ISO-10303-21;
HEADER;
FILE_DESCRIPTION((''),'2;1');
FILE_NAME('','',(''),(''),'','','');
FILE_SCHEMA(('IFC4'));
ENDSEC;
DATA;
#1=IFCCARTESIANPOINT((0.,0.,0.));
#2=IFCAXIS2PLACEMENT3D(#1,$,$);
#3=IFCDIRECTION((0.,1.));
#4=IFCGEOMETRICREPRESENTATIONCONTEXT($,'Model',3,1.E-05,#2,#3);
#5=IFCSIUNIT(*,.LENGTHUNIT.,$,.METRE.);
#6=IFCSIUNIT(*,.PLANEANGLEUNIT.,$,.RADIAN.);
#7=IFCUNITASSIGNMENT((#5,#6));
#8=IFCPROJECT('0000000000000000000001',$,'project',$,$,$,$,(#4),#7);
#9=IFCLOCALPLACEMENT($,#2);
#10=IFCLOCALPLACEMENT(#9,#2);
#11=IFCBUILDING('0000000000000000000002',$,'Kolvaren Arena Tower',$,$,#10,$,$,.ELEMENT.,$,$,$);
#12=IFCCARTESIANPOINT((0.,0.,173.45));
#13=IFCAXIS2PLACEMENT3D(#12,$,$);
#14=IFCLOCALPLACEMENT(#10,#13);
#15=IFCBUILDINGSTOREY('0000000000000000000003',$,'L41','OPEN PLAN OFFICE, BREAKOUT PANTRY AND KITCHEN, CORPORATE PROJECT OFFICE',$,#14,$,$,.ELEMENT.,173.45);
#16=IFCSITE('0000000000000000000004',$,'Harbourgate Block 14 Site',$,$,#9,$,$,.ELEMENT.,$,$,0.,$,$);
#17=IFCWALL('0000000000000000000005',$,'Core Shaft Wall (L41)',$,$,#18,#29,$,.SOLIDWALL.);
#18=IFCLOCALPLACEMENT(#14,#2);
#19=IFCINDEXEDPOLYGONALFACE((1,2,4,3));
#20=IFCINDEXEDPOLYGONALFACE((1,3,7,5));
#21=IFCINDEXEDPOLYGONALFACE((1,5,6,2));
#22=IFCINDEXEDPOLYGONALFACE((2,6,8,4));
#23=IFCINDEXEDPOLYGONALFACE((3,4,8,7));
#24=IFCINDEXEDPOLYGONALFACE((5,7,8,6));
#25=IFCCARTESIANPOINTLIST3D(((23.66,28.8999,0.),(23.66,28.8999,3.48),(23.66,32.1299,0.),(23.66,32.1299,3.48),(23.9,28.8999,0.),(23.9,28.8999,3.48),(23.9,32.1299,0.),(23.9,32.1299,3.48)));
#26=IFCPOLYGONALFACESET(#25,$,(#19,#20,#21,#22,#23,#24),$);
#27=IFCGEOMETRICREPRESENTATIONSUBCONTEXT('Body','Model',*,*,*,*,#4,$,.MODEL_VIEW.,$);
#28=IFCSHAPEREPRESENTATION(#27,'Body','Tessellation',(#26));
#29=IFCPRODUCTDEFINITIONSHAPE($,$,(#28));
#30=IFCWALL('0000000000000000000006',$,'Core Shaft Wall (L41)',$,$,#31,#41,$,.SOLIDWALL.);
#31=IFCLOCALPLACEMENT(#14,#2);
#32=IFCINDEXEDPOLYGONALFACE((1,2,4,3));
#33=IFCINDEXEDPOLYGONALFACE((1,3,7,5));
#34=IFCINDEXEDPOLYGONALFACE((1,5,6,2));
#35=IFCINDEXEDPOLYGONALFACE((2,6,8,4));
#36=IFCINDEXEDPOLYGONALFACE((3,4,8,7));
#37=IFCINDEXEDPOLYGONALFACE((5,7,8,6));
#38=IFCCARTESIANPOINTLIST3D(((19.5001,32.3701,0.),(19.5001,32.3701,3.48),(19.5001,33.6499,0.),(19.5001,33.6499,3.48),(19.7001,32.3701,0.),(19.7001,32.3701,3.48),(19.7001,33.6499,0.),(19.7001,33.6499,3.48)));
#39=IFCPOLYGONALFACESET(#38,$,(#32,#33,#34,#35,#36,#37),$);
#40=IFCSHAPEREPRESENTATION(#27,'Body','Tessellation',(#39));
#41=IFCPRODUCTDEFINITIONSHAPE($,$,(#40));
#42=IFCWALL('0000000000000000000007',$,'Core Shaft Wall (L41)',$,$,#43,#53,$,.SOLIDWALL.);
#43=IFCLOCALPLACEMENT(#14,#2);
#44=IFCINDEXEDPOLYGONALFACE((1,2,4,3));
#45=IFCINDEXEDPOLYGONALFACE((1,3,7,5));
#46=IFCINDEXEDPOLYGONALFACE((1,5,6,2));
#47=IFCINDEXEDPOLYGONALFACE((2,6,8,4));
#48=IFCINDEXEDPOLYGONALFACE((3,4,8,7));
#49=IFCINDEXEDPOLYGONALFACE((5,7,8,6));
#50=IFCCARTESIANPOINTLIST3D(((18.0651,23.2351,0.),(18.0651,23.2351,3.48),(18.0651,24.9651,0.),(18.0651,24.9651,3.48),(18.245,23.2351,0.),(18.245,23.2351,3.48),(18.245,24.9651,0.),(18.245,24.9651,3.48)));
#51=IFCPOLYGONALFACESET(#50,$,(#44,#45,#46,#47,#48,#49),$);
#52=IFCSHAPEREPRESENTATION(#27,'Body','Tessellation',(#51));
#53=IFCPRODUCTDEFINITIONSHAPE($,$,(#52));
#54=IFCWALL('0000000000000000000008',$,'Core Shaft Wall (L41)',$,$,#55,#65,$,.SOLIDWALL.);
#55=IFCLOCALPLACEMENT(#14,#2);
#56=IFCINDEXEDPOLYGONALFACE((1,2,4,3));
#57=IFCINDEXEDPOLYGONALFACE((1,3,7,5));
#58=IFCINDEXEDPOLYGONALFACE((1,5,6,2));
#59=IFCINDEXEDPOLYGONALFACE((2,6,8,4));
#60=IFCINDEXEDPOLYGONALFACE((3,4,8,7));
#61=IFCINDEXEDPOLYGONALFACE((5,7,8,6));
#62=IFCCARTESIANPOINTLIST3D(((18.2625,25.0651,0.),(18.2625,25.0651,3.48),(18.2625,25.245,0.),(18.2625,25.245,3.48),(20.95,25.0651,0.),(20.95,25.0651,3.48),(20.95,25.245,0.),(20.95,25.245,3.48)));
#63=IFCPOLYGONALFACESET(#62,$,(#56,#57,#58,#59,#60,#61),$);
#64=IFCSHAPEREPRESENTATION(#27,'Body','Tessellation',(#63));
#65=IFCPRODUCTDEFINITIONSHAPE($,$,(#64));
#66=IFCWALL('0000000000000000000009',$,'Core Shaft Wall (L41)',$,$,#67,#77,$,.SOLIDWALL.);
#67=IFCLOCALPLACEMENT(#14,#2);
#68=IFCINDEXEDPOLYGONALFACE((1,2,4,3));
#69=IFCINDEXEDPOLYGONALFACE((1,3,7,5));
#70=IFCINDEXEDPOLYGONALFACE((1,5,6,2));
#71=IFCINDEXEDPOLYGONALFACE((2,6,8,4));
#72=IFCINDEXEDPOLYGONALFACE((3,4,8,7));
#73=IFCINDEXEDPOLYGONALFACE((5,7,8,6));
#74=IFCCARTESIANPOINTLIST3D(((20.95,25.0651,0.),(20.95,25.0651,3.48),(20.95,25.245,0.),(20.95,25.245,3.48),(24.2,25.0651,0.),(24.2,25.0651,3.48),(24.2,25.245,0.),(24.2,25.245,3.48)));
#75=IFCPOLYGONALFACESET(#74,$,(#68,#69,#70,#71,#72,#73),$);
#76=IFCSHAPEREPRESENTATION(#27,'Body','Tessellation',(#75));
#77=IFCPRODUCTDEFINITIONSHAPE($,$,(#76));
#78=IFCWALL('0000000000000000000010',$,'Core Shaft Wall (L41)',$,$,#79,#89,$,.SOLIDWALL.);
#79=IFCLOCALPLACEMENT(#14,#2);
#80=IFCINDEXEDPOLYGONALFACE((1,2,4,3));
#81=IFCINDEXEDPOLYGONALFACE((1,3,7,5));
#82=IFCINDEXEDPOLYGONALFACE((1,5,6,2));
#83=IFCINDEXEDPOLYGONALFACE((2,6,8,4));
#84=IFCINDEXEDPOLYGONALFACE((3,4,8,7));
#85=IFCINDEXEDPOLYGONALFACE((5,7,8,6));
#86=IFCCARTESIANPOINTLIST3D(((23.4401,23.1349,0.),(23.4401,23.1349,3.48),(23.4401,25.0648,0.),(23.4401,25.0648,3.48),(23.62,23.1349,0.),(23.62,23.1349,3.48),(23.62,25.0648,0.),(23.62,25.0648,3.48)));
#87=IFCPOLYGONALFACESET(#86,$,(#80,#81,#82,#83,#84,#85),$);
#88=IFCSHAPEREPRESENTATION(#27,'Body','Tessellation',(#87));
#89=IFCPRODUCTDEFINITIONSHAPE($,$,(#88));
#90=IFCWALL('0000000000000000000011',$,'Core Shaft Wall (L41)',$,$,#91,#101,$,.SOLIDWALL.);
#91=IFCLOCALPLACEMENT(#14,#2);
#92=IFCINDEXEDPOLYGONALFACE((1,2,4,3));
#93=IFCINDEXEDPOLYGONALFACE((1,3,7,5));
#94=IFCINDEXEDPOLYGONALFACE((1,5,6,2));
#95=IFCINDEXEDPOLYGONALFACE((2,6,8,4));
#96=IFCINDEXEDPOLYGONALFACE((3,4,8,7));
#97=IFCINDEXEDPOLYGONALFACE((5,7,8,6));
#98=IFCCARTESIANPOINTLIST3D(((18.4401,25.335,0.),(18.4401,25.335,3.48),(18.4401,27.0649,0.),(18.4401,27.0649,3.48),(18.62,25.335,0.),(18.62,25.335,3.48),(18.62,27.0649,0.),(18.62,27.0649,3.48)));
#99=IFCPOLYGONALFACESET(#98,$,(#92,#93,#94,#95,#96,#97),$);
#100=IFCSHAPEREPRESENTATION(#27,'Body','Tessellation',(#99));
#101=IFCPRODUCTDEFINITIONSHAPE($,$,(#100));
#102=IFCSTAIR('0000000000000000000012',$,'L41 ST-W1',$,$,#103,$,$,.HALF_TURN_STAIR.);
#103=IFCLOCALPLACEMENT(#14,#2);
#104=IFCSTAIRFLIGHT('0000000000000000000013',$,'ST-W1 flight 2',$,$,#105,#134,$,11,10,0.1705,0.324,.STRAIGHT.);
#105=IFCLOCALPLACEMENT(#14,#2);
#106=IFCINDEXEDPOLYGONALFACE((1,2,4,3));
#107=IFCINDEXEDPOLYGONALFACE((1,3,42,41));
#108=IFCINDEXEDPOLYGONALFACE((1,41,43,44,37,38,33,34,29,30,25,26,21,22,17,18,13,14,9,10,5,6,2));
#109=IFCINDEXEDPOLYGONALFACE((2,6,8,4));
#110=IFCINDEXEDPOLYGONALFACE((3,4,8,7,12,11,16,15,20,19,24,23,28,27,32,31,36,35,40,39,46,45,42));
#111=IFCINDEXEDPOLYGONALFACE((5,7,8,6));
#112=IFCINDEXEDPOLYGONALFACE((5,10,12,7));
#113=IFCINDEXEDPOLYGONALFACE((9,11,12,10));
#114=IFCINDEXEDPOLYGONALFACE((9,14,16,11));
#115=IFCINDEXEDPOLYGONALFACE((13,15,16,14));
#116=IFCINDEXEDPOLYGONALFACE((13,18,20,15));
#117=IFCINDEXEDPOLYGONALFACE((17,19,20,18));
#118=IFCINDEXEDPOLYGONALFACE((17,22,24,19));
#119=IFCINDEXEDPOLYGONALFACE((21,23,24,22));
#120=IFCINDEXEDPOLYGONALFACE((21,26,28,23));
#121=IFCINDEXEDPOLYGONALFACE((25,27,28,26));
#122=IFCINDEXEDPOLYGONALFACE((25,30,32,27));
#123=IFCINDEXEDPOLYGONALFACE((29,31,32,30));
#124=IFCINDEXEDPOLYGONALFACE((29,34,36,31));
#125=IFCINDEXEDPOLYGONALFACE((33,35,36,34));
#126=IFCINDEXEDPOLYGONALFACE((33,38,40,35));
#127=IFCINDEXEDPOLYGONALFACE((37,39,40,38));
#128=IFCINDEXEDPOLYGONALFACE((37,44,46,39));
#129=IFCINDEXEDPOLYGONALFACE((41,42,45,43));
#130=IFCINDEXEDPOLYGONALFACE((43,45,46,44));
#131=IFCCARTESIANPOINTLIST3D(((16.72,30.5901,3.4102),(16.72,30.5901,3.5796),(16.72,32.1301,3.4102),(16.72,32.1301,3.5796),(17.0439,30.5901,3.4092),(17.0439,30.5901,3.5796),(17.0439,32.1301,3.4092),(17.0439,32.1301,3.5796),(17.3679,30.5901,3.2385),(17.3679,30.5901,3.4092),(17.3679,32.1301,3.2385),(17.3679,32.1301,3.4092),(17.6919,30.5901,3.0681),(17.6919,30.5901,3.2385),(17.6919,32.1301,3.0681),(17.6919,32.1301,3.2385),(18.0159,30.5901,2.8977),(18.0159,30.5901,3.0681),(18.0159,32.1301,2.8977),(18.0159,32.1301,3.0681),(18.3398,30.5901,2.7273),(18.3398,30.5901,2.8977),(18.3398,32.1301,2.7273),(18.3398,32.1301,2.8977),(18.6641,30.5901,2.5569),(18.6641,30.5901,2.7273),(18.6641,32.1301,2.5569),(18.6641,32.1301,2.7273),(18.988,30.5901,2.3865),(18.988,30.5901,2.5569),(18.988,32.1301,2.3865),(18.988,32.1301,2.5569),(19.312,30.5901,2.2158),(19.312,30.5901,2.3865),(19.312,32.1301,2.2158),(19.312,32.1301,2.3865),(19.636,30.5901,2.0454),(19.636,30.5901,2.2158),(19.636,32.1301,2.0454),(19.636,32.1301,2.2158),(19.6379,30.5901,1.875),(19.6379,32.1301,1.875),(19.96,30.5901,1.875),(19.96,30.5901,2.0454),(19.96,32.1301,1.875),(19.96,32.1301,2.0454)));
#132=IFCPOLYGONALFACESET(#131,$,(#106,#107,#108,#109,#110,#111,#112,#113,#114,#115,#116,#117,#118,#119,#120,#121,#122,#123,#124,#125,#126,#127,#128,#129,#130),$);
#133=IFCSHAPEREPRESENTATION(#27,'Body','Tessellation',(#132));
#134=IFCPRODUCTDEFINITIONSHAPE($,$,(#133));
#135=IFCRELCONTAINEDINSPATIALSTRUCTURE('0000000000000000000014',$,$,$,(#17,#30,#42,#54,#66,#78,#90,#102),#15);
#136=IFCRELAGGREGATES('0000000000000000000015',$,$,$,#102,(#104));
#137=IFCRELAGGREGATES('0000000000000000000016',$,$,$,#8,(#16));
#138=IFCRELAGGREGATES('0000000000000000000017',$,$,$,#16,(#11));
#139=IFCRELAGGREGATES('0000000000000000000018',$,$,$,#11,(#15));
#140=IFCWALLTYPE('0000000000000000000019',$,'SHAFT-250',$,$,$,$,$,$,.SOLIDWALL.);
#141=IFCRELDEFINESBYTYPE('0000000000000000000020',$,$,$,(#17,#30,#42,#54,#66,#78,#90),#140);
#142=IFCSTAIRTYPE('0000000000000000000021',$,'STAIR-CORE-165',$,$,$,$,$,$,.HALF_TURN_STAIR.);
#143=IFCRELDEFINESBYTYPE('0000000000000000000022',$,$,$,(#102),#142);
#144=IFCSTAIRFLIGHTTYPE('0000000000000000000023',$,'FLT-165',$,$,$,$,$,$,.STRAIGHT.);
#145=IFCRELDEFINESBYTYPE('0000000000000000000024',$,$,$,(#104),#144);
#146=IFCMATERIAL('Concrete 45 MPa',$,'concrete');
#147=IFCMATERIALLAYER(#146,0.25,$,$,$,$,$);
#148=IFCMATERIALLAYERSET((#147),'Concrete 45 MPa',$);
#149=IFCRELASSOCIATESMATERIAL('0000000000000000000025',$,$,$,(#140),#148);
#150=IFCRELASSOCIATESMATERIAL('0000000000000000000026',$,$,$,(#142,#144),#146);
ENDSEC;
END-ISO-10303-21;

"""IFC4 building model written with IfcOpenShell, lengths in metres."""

from ifc_helpers import new_model, si_unit, direction, frame, frame_2d, origin, place, context, subcontext, project, spatial, polyline, rectangle, outline, extrude, material, layer, layer_set, type_object, element, aggregate, save


model = new_model("IFC4")

# Units and contexts
model_context = context("Model", 3, precision=1e-05, world=origin(), true_north=direction((0.0, 1.0)))
body_context = subcontext(model_context, "Body", "Model", "MODEL_VIEW")
ifc_project = project(units=[si_unit("LENGTHUNIT", "METRE"), si_unit("PLANEANGLEUNIT", "RADIAN")], contexts=[model_context])

# Site, building, storey
site_placement = place(None, origin())
site = spatial("IfcSite", under=ifc_project, at=site_placement, Name="Harbourgate Block 14 Site", CompositionType="ELEMENT", RefElevation=0.0)
building_placement = place(site_placement, origin())
building = spatial("IfcBuilding", under=site, at=building_placement, Name="Kolvaren Arena Tower", CompositionType="ELEMENT")
storey_placement = place(building_placement, frame((0.0, 0.0, 173.45)))
storey = spatial("IfcBuildingStorey", under=building, at=storey_placement, Name="L41", Description="OPEN PLAN OFFICE, BREAKOUT PANTRY AND KITCHEN, CORPORATE PROJECT OFFICE", CompositionType="ELEMENT", Elevation=173.45)

# Shared definitions
ifc_material_1 = material(Name="Concrete 45 MPa", Category="concrete")
ifc_layer_1 = layer(ifc_material_1, 0.25)
ifc_layer_set_1 = layer_set([ifc_layer_1], Name="Concrete 45 MPa")
wall_type_1 = type_object("IfcWallType", Name="SHAFT-250", PredefinedType="SOLIDWALL", material=ifc_layer_set_1)

# Walls
wall_1_placement = place(storey_placement, frame((23.78, 28.8999, 0.0), z_axis=(0.0, 0.0, 1.0), x_axis=(0.0, 1.0, 0.0)))
element("IfcWall", 1, at=wall_1_placement, inside=storey, type_object=wall_type_1, Name="Core Shaft Wall (L41)", PredefinedType="SOLIDWALL", context=body_context, shape_type="SweptSolid", body=[
    extrude(rectangle(XDim=3.23, YDim=0.24, at=frame_2d((1.615, 0.0))), origin(), (0.0, 0.0, 1.0), 3.48),
])
wall_2_placement = place(storey_placement, frame((19.6001, 32.3701, 0.0), z_axis=(0.0, 0.0, 1.0), x_axis=(0.0, 1.0, 0.0)))
element("IfcWall", 2, at=wall_2_placement, inside=storey, type_object=wall_type_1, Name="Core Shaft Wall (L41)", PredefinedType="SOLIDWALL", context=body_context, shape_type="SweptSolid", body=[
    extrude(rectangle(XDim=1.2798, YDim=0.2, at=frame_2d((0.6399, 0.0))), origin(), (0.0, 0.0, 1.0), 3.48),
])
wall_3_placement = place(storey_placement, frame((18.155, 23.2351, 0.0), z_axis=(0.0, 0.0, 1.0), x_axis=(0.0, 1.0, 0.0)))
element("IfcWall", 3, at=wall_3_placement, inside=storey, type_object=wall_type_1, Name="Core Shaft Wall (L41)", PredefinedType="SOLIDWALL", context=body_context, shape_type="SweptSolid", body=[
    extrude(rectangle(XDim=1.73, YDim=0.1799, at=frame_2d((0.865, 0.0))), origin(), (0.0, 0.0, 1.0), 3.48),
])
wall_4_placement = place(storey_placement, frame((18.2625, 25.155, 0.0), z_axis=(0.0, 0.0, 1.0), x_axis=(1.0, 0.0, 0.0)))
element("IfcWall", 4, at=wall_4_placement, inside=storey, type_object=wall_type_1, Name="Core Shaft Wall (L41)", PredefinedType="SOLIDWALL", context=body_context, shape_type="SweptSolid", body=[
    extrude(rectangle(XDim=2.6875, YDim=0.1799, at=frame_2d((1.3438, 0.0))), origin(), (0.0, 0.0, 1.0), 3.48),
])
wall_5_placement = place(storey_placement, frame((20.95, 25.155, 0.0), z_axis=(0.0, 0.0, 1.0), x_axis=(1.0, 0.0, 0.0)))
element("IfcWall", 5, at=wall_5_placement, inside=storey, type_object=wall_type_1, Name="Core Shaft Wall (L41)", PredefinedType="SOLIDWALL", context=body_context, shape_type="SweptSolid", body=[
    extrude(rectangle(XDim=3.25, YDim=0.1799, at=frame_2d((1.625, 0.0))), origin(), (0.0, 0.0, 1.0), 3.48),
])
wall_6_placement = place(storey_placement, frame((23.53, 23.135, 0.0), z_axis=(0.0, 0.0, 1.0), x_axis=(0.0, 1.0, 0.0)))
element("IfcWall", 6, at=wall_6_placement, inside=storey, type_object=wall_type_1, Name="Core Shaft Wall (L41)", PredefinedType="SOLIDWALL", context=body_context, shape_type="SweptSolid", body=[
    extrude(rectangle(XDim=1.9299, YDim=0.1799, at=frame_2d((0.9648, 0.0))), origin(), (0.0, 0.0, 1.0), 3.48),
])
wall_7_placement = place(storey_placement, frame((18.53, 25.335, 0.0), z_axis=(0.0, 0.0, 1.0), x_axis=(0.0, 1.0, 0.0)))
element("IfcWall", 7, at=wall_7_placement, inside=storey, type_object=wall_type_1, Name="Core Shaft Wall (L41)", PredefinedType="SOLIDWALL", context=body_context, shape_type="SweptSolid", body=[
    extrude(rectangle(XDim=1.73, YDim=0.1799, at=frame_2d((0.865, 0.0))), origin(), (0.0, 0.0, 1.0), 3.48),
])

# Stair, stair flight
stair_type = type_object("IfcStairType", Name="STAIR-CORE-165", PredefinedType="HALF_TURN_STAIR", material=ifc_material_1)
stair_placement = place(storey_placement, origin())
stair = element("IfcStair", 8, at=stair_placement, inside=storey, type_object=stair_type, Name="L41 ST-W1", PredefinedType="HALF_TURN_STAIR")
stair_flight_type = type_object("IfcStairFlightType", Name="FLT-165", PredefinedType="STRAIGHT", material=ifc_material_1)
stair_flight_placement = place(storey_placement, frame((19.96, 31.3601, 1.875), z_axis=(0.0, 0.0, 1.0), x_axis=(-1.0, 0.0, 0.0)))
stair_flight = element("IfcStairFlight", 9, at=stair_flight_placement, type_object=stair_flight_type, Name="ST-W1 flight 2", NumberOfRisers=11, NumberOfTreads=10, PredefinedType="STRAIGHT", RiserHeight=0.1705, TreadLength=0.324, context=body_context, shape_type="SweptSolid", body=[
    extrude(outline(polyline([(0.0, 0.0), (0.0, 0.1704), (0.324, 0.1704), (0.324, 0.3408), (0.6479, 0.3408), (0.6479, 0.5115), (0.9719, 0.5115), (0.9719, 0.6819), (1.2959, 0.6819), (1.2959, 0.8523), (1.6201, 0.8523), (1.6201, 1.0227), (1.9441, 1.0227), (1.9441, 1.1931), (2.2681, 1.1931), (2.2681, 1.3635), (2.592, 1.3635), (2.592, 1.5342), (2.916, 1.5342), (2.916, 1.7046), (3.24, 1.7046), (3.24, 1.875), (3.24, 1.5352), (0.322, 0.0), (0.0, 0.0)])), frame((0.0, 0.77, 0.0), z_axis=(0.0, -1.0, 0.0), x_axis=(1.0, 0.0, 0.0)), (0.0, 0.0, 1.0), 1.54),
])
aggregate(stair, [stair_flight])

save(model, "model.ifc")
